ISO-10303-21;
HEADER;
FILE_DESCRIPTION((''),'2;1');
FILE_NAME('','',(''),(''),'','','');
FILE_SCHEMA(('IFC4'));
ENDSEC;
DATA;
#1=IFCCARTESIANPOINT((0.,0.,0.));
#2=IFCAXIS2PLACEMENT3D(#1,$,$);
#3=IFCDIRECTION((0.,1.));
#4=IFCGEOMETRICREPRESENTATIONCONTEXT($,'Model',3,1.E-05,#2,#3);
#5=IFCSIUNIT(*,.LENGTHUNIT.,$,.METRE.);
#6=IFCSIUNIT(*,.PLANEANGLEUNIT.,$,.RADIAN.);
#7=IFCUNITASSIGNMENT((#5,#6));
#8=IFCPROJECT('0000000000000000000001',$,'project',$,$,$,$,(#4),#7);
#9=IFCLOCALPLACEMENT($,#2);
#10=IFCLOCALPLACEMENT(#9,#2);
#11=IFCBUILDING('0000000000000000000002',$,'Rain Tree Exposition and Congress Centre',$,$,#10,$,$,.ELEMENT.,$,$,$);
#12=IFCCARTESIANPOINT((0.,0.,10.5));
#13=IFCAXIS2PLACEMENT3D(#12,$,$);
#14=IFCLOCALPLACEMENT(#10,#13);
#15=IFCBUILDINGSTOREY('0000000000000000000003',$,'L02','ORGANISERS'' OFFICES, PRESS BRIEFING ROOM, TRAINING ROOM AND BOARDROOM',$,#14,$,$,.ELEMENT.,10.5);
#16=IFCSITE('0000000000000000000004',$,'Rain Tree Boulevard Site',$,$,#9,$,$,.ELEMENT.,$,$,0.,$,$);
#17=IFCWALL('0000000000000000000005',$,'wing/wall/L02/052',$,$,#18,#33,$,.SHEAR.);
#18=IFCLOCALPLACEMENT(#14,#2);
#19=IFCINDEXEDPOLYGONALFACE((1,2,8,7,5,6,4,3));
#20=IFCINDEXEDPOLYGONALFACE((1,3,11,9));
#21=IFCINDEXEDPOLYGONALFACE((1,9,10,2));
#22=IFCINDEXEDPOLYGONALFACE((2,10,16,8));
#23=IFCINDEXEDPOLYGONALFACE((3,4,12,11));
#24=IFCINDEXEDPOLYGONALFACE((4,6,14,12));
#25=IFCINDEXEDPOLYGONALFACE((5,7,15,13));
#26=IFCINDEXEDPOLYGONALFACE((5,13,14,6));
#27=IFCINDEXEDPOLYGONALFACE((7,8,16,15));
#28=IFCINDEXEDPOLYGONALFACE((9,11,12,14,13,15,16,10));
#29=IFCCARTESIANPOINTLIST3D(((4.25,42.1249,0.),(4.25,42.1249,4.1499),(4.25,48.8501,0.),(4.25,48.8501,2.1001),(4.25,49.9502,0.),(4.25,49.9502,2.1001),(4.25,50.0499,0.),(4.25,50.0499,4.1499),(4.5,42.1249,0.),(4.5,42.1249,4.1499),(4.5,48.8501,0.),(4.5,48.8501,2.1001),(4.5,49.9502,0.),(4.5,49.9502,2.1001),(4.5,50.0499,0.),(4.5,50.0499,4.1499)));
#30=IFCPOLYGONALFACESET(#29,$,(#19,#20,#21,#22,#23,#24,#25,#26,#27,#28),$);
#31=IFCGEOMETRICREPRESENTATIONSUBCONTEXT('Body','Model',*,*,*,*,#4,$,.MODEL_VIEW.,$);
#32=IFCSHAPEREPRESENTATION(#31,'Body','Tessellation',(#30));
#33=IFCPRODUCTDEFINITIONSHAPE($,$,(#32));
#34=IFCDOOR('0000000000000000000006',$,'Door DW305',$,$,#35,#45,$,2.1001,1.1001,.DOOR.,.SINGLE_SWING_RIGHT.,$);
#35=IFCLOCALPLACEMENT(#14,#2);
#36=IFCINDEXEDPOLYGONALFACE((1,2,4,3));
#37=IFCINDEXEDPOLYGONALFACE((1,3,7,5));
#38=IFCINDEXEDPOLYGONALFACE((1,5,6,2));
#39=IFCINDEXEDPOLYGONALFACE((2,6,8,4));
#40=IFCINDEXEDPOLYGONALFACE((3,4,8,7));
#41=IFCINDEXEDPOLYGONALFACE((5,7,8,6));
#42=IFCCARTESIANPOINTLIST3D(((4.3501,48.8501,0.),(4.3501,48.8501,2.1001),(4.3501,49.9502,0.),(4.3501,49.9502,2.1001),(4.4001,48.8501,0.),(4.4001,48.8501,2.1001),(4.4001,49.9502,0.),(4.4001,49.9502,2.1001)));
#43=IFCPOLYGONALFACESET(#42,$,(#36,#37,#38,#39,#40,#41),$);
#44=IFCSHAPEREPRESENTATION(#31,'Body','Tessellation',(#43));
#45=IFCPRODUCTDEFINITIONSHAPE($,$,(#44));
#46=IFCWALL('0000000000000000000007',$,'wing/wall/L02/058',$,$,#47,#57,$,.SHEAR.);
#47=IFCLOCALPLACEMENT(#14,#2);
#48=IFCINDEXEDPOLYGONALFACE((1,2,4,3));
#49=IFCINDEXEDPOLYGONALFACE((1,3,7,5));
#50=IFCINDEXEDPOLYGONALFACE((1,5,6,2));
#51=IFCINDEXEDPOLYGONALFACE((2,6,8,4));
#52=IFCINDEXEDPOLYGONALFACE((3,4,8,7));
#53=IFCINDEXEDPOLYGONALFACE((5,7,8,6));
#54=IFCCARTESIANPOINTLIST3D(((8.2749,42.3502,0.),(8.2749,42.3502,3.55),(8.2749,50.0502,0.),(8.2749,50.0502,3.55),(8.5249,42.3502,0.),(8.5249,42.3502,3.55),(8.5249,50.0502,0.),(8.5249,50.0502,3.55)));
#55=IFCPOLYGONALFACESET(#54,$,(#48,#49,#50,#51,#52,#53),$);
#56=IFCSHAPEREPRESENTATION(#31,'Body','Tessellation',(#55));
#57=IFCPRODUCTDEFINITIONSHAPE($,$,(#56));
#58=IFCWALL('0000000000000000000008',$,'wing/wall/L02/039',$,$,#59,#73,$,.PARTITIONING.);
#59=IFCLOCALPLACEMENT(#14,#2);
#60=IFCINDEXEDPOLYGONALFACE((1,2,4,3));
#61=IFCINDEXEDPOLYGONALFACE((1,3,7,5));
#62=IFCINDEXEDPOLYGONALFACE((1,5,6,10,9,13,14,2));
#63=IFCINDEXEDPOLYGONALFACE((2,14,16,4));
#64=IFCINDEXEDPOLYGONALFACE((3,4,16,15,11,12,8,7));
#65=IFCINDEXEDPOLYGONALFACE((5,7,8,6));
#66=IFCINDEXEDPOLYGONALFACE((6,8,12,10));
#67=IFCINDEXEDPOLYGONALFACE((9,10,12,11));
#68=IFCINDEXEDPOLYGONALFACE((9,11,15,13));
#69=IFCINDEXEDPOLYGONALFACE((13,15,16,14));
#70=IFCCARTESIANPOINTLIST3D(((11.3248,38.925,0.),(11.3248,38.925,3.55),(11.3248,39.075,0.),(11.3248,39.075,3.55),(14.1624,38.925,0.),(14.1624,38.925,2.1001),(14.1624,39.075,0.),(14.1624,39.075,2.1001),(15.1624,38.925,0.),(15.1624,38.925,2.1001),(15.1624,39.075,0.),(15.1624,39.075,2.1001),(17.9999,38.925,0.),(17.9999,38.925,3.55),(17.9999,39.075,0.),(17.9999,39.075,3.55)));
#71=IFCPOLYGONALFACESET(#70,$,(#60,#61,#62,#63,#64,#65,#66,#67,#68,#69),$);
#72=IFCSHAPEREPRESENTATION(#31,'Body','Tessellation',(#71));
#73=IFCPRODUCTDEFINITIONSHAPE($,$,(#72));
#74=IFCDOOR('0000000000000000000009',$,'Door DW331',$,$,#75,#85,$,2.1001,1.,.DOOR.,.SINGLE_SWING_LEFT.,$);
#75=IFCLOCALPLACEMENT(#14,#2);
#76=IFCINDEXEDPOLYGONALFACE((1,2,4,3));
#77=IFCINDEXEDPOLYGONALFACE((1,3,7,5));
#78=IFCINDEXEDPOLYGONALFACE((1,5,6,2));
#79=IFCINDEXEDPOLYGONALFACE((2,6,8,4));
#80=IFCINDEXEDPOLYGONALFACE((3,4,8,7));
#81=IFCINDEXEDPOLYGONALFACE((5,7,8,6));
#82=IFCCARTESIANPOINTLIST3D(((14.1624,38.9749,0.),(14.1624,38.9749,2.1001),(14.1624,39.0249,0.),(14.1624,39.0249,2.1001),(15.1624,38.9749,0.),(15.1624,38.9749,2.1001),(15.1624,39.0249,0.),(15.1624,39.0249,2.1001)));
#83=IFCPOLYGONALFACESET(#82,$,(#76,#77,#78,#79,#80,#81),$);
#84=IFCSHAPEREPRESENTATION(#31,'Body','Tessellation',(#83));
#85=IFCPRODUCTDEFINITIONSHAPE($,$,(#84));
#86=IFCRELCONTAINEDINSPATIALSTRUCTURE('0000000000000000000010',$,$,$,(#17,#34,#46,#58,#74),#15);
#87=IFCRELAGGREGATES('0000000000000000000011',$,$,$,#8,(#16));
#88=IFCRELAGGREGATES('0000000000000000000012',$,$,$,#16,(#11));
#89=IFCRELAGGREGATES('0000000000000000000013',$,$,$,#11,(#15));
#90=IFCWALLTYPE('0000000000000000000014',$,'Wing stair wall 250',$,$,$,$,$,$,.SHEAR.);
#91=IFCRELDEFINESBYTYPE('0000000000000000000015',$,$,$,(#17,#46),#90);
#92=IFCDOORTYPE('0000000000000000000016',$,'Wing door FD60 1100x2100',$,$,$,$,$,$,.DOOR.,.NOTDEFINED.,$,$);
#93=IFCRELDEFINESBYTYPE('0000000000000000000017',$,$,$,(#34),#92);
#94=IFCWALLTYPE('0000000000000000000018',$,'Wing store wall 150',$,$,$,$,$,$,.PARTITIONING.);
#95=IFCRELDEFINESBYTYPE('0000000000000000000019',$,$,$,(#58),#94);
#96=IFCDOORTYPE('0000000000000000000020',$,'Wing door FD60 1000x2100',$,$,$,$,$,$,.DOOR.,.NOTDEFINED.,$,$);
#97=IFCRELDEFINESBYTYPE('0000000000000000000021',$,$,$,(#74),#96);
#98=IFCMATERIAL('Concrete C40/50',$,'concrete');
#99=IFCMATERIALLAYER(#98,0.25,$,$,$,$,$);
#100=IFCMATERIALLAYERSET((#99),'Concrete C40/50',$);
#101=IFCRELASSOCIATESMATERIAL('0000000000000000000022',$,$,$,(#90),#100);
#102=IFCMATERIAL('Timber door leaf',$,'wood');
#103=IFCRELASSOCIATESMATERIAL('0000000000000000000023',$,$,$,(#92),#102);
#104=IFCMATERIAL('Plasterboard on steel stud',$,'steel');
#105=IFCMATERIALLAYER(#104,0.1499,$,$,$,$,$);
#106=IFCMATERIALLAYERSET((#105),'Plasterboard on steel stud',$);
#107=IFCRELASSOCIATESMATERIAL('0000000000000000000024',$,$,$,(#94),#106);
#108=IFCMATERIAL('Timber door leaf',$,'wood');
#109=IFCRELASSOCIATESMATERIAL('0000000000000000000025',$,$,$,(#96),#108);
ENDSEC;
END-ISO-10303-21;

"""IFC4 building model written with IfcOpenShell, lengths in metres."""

from ifc_helpers import new_model, si_unit, direction, frame, frame_2d, origin, place, context, subcontext, project, spatial, rectangle, extrude, material, layer, layer_set, type_object, element, fill, save


model = new_model("IFC4")

# Units and contexts
model_context = context("Model", 3, precision=1e-05, world=origin(), true_north=direction((0.0, 1.0)))
body_context = subcontext(model_context, "Body", "Model", "MODEL_VIEW")
ifc_project = project(units=[si_unit("LENGTHUNIT", "METRE"), si_unit("PLANEANGLEUNIT", "RADIAN")], contexts=[model_context])

# Site, building, storey
site_placement = place(None, origin())
site = spatial("IfcSite", under=ifc_project, at=site_placement, Name="Rain Tree Boulevard Site", CompositionType="ELEMENT", RefElevation=0.0)
building_placement = place(site_placement, origin())
building = spatial("IfcBuilding", under=site, at=building_placement, Name="Rain Tree Exposition and Congress Centre", CompositionType="ELEMENT")
storey_placement = place(building_placement, frame((0.0, 0.0, 10.5)))
storey = spatial("IfcBuildingStorey", under=building, at=storey_placement, Name="L02", Description="ORGANISERS' OFFICES, PRESS BRIEFING ROOM, TRAINING ROOM AND BOARDROOM", CompositionType="ELEMENT", Elevation=10.5)

# Wall, opening, door
ifc_material_1 = material(Name="Concrete C40/50", Category="concrete")
ifc_layer_1 = layer(ifc_material_1, 0.25)
ifc_layer_set_1 = layer_set([ifc_layer_1], Name="Concrete C40/50")
wall_type_1 = type_object("IfcWallType", Name="Wing stair wall 250", PredefinedType="SHEAR", material=ifc_layer_set_1)
ifc_material_2 = material(Name="Timber door leaf", Category="wood")
door_type_1 = type_object("IfcDoorType", Name="Wing door FD60 1100x2100", OperationType="NOTDEFINED", PredefinedType="DOOR", material=ifc_material_2)
wall_1_placement = place(storey_placement, frame((4.375, 42.125, 0.0), z_axis=(0.0, 0.0, 1.0), x_axis=(0.0, 1.0, 0.0)))
wall_1 = element("IfcWall", 1, at=wall_1_placement, inside=storey, type_object=wall_type_1, Name="wing/wall/L02/052", PredefinedType="SHEAR", context=body_context, shape_type="SweptSolid", body=[
    extrude(rectangle(XDim=7.925, YDim=0.25, at=frame_2d((3.9624, 0.0))), origin(), (0.0, 0.0, 1.0), 4.1499),
])
opening_1_placement = place(wall_1_placement, frame((6.7251, 0.0, 0.0)))
opening_1 = element("IfcOpeningElement", 2, at=opening_1_placement, cuts=wall_1, PredefinedType="OPENING", context=body_context, shape_type="SweptSolid", body=[
    extrude(rectangle(XDim=1.1001, YDim=2.1001, at=frame_2d((0.55, 1.05))), frame((0.0, 0.125, 0.0), z_axis=(0.0, -1.0, 0.0), x_axis=(1.0, 0.0, 0.0)), (0.0, 0.0, 1.0), 0.25),
])
door_1_placement = place(opening_1_placement, origin())
door_1 = element("IfcDoor", 3, at=door_1_placement, inside=storey, type_object=door_type_1, Name="Door DW305", OperationType="SINGLE_SWING_RIGHT", OverallHeight=2.1001, OverallWidth=1.1001, PredefinedType="DOOR", context=body_context, shape_type="SweptSolid", body=[
    extrude(rectangle(XDim=1.1001, YDim=2.1001, at=frame_2d((0.55, 1.05))), frame((0.0, 0.0249, 0.0), z_axis=(0.0, -1.0, 0.0), x_axis=(1.0, 0.0, 0.0)), (0.0, 0.0, 1.0), 0.05),
])
fill(opening_1, door_1)

# Wall
wall_2_placement = place(storey_placement, frame((8.3999, 42.3501, 0.0), z_axis=(0.0, 0.0, 1.0), x_axis=(0.0, 1.0, 0.0)))
element("IfcWall", 4, at=wall_2_placement, inside=storey, type_object=wall_type_1, Name="wing/wall/L02/058", PredefinedType="SHEAR", context=body_context, shape_type="SweptSolid", body=[
    extrude(rectangle(XDim=7.7, YDim=0.25, at=frame_2d((3.8501, 0.0))), origin(), (0.0, 0.0, 1.0), 3.55),
])

# Wall, opening, door
ifc_material_3 = material(Name="Plasterboard on steel stud", Category="steel")
ifc_layer_2 = layer(ifc_material_3, 0.1499)
ifc_layer_set_2 = layer_set([ifc_layer_2], Name="Plasterboard on steel stud")
wall_type_2 = type_object("IfcWallType", Name="Wing store wall 150", PredefinedType="PARTITIONING", material=ifc_layer_set_2)
wall_3_placement = place(storey_placement, frame((11.325, 39.0, 0.0), z_axis=(0.0, 0.0, 1.0), x_axis=(1.0, 0.0, 0.0)))
wall_3 = element("IfcWall", 5, at=wall_3_placement, inside=storey, type_object=wall_type_2, Name="wing/wall/L02/039", PredefinedType="PARTITIONING", context=body_context, shape_type="SweptSolid", body=[
    extrude(rectangle(XDim=6.675, YDim=0.1499, at=frame_2d((3.3374, 0.0))), origin(), (0.0, 0.0, 1.0), 3.55),
])
opening_2_placement = place(wall_3_placement, frame((2.8374, 0.0, 0.0)))
opening_2 = element("IfcOpeningElement", 6, at=opening_2_placement, cuts=wall_3, PredefinedType="OPENING", context=body_context, shape_type="SweptSolid", body=[
    extrude(rectangle(XDim=1.0, YDim=2.1001, at=frame_2d((0.5, 1.05))), frame((0.0, 0.075, 0.0), z_axis=(0.0, -1.0, 0.0), x_axis=(1.0, 0.0, 0.0)), (0.0, 0.0, 1.0), 0.1499),
])
ifc_material_4 = material(Name="Timber door leaf", Category="wood")
door_type_2 = type_object("IfcDoorType", Name="Wing door FD60 1000x2100", OperationType="NOTDEFINED", PredefinedType="DOOR", material=ifc_material_4)
door_2_placement = place(opening_2_placement, origin())
door_2 = element("IfcDoor", 7, at=door_2_placement, inside=storey, type_object=door_type_2, Name="Door DW331", OperationType="SINGLE_SWING_LEFT", OverallHeight=2.1001, OverallWidth=1.0, PredefinedType="DOOR", context=body_context, shape_type="SweptSolid", body=[
    extrude(rectangle(XDim=1.0, YDim=2.1001, at=frame_2d((0.5, 1.05))), frame((0.0, 0.0249, 0.0), z_axis=(0.0, -1.0, 0.0), x_axis=(1.0, 0.0, 0.0)), (0.0, 0.0, 1.0), 0.05),
])
fill(opening_2, door_2)

save(model, "model.ifc")
